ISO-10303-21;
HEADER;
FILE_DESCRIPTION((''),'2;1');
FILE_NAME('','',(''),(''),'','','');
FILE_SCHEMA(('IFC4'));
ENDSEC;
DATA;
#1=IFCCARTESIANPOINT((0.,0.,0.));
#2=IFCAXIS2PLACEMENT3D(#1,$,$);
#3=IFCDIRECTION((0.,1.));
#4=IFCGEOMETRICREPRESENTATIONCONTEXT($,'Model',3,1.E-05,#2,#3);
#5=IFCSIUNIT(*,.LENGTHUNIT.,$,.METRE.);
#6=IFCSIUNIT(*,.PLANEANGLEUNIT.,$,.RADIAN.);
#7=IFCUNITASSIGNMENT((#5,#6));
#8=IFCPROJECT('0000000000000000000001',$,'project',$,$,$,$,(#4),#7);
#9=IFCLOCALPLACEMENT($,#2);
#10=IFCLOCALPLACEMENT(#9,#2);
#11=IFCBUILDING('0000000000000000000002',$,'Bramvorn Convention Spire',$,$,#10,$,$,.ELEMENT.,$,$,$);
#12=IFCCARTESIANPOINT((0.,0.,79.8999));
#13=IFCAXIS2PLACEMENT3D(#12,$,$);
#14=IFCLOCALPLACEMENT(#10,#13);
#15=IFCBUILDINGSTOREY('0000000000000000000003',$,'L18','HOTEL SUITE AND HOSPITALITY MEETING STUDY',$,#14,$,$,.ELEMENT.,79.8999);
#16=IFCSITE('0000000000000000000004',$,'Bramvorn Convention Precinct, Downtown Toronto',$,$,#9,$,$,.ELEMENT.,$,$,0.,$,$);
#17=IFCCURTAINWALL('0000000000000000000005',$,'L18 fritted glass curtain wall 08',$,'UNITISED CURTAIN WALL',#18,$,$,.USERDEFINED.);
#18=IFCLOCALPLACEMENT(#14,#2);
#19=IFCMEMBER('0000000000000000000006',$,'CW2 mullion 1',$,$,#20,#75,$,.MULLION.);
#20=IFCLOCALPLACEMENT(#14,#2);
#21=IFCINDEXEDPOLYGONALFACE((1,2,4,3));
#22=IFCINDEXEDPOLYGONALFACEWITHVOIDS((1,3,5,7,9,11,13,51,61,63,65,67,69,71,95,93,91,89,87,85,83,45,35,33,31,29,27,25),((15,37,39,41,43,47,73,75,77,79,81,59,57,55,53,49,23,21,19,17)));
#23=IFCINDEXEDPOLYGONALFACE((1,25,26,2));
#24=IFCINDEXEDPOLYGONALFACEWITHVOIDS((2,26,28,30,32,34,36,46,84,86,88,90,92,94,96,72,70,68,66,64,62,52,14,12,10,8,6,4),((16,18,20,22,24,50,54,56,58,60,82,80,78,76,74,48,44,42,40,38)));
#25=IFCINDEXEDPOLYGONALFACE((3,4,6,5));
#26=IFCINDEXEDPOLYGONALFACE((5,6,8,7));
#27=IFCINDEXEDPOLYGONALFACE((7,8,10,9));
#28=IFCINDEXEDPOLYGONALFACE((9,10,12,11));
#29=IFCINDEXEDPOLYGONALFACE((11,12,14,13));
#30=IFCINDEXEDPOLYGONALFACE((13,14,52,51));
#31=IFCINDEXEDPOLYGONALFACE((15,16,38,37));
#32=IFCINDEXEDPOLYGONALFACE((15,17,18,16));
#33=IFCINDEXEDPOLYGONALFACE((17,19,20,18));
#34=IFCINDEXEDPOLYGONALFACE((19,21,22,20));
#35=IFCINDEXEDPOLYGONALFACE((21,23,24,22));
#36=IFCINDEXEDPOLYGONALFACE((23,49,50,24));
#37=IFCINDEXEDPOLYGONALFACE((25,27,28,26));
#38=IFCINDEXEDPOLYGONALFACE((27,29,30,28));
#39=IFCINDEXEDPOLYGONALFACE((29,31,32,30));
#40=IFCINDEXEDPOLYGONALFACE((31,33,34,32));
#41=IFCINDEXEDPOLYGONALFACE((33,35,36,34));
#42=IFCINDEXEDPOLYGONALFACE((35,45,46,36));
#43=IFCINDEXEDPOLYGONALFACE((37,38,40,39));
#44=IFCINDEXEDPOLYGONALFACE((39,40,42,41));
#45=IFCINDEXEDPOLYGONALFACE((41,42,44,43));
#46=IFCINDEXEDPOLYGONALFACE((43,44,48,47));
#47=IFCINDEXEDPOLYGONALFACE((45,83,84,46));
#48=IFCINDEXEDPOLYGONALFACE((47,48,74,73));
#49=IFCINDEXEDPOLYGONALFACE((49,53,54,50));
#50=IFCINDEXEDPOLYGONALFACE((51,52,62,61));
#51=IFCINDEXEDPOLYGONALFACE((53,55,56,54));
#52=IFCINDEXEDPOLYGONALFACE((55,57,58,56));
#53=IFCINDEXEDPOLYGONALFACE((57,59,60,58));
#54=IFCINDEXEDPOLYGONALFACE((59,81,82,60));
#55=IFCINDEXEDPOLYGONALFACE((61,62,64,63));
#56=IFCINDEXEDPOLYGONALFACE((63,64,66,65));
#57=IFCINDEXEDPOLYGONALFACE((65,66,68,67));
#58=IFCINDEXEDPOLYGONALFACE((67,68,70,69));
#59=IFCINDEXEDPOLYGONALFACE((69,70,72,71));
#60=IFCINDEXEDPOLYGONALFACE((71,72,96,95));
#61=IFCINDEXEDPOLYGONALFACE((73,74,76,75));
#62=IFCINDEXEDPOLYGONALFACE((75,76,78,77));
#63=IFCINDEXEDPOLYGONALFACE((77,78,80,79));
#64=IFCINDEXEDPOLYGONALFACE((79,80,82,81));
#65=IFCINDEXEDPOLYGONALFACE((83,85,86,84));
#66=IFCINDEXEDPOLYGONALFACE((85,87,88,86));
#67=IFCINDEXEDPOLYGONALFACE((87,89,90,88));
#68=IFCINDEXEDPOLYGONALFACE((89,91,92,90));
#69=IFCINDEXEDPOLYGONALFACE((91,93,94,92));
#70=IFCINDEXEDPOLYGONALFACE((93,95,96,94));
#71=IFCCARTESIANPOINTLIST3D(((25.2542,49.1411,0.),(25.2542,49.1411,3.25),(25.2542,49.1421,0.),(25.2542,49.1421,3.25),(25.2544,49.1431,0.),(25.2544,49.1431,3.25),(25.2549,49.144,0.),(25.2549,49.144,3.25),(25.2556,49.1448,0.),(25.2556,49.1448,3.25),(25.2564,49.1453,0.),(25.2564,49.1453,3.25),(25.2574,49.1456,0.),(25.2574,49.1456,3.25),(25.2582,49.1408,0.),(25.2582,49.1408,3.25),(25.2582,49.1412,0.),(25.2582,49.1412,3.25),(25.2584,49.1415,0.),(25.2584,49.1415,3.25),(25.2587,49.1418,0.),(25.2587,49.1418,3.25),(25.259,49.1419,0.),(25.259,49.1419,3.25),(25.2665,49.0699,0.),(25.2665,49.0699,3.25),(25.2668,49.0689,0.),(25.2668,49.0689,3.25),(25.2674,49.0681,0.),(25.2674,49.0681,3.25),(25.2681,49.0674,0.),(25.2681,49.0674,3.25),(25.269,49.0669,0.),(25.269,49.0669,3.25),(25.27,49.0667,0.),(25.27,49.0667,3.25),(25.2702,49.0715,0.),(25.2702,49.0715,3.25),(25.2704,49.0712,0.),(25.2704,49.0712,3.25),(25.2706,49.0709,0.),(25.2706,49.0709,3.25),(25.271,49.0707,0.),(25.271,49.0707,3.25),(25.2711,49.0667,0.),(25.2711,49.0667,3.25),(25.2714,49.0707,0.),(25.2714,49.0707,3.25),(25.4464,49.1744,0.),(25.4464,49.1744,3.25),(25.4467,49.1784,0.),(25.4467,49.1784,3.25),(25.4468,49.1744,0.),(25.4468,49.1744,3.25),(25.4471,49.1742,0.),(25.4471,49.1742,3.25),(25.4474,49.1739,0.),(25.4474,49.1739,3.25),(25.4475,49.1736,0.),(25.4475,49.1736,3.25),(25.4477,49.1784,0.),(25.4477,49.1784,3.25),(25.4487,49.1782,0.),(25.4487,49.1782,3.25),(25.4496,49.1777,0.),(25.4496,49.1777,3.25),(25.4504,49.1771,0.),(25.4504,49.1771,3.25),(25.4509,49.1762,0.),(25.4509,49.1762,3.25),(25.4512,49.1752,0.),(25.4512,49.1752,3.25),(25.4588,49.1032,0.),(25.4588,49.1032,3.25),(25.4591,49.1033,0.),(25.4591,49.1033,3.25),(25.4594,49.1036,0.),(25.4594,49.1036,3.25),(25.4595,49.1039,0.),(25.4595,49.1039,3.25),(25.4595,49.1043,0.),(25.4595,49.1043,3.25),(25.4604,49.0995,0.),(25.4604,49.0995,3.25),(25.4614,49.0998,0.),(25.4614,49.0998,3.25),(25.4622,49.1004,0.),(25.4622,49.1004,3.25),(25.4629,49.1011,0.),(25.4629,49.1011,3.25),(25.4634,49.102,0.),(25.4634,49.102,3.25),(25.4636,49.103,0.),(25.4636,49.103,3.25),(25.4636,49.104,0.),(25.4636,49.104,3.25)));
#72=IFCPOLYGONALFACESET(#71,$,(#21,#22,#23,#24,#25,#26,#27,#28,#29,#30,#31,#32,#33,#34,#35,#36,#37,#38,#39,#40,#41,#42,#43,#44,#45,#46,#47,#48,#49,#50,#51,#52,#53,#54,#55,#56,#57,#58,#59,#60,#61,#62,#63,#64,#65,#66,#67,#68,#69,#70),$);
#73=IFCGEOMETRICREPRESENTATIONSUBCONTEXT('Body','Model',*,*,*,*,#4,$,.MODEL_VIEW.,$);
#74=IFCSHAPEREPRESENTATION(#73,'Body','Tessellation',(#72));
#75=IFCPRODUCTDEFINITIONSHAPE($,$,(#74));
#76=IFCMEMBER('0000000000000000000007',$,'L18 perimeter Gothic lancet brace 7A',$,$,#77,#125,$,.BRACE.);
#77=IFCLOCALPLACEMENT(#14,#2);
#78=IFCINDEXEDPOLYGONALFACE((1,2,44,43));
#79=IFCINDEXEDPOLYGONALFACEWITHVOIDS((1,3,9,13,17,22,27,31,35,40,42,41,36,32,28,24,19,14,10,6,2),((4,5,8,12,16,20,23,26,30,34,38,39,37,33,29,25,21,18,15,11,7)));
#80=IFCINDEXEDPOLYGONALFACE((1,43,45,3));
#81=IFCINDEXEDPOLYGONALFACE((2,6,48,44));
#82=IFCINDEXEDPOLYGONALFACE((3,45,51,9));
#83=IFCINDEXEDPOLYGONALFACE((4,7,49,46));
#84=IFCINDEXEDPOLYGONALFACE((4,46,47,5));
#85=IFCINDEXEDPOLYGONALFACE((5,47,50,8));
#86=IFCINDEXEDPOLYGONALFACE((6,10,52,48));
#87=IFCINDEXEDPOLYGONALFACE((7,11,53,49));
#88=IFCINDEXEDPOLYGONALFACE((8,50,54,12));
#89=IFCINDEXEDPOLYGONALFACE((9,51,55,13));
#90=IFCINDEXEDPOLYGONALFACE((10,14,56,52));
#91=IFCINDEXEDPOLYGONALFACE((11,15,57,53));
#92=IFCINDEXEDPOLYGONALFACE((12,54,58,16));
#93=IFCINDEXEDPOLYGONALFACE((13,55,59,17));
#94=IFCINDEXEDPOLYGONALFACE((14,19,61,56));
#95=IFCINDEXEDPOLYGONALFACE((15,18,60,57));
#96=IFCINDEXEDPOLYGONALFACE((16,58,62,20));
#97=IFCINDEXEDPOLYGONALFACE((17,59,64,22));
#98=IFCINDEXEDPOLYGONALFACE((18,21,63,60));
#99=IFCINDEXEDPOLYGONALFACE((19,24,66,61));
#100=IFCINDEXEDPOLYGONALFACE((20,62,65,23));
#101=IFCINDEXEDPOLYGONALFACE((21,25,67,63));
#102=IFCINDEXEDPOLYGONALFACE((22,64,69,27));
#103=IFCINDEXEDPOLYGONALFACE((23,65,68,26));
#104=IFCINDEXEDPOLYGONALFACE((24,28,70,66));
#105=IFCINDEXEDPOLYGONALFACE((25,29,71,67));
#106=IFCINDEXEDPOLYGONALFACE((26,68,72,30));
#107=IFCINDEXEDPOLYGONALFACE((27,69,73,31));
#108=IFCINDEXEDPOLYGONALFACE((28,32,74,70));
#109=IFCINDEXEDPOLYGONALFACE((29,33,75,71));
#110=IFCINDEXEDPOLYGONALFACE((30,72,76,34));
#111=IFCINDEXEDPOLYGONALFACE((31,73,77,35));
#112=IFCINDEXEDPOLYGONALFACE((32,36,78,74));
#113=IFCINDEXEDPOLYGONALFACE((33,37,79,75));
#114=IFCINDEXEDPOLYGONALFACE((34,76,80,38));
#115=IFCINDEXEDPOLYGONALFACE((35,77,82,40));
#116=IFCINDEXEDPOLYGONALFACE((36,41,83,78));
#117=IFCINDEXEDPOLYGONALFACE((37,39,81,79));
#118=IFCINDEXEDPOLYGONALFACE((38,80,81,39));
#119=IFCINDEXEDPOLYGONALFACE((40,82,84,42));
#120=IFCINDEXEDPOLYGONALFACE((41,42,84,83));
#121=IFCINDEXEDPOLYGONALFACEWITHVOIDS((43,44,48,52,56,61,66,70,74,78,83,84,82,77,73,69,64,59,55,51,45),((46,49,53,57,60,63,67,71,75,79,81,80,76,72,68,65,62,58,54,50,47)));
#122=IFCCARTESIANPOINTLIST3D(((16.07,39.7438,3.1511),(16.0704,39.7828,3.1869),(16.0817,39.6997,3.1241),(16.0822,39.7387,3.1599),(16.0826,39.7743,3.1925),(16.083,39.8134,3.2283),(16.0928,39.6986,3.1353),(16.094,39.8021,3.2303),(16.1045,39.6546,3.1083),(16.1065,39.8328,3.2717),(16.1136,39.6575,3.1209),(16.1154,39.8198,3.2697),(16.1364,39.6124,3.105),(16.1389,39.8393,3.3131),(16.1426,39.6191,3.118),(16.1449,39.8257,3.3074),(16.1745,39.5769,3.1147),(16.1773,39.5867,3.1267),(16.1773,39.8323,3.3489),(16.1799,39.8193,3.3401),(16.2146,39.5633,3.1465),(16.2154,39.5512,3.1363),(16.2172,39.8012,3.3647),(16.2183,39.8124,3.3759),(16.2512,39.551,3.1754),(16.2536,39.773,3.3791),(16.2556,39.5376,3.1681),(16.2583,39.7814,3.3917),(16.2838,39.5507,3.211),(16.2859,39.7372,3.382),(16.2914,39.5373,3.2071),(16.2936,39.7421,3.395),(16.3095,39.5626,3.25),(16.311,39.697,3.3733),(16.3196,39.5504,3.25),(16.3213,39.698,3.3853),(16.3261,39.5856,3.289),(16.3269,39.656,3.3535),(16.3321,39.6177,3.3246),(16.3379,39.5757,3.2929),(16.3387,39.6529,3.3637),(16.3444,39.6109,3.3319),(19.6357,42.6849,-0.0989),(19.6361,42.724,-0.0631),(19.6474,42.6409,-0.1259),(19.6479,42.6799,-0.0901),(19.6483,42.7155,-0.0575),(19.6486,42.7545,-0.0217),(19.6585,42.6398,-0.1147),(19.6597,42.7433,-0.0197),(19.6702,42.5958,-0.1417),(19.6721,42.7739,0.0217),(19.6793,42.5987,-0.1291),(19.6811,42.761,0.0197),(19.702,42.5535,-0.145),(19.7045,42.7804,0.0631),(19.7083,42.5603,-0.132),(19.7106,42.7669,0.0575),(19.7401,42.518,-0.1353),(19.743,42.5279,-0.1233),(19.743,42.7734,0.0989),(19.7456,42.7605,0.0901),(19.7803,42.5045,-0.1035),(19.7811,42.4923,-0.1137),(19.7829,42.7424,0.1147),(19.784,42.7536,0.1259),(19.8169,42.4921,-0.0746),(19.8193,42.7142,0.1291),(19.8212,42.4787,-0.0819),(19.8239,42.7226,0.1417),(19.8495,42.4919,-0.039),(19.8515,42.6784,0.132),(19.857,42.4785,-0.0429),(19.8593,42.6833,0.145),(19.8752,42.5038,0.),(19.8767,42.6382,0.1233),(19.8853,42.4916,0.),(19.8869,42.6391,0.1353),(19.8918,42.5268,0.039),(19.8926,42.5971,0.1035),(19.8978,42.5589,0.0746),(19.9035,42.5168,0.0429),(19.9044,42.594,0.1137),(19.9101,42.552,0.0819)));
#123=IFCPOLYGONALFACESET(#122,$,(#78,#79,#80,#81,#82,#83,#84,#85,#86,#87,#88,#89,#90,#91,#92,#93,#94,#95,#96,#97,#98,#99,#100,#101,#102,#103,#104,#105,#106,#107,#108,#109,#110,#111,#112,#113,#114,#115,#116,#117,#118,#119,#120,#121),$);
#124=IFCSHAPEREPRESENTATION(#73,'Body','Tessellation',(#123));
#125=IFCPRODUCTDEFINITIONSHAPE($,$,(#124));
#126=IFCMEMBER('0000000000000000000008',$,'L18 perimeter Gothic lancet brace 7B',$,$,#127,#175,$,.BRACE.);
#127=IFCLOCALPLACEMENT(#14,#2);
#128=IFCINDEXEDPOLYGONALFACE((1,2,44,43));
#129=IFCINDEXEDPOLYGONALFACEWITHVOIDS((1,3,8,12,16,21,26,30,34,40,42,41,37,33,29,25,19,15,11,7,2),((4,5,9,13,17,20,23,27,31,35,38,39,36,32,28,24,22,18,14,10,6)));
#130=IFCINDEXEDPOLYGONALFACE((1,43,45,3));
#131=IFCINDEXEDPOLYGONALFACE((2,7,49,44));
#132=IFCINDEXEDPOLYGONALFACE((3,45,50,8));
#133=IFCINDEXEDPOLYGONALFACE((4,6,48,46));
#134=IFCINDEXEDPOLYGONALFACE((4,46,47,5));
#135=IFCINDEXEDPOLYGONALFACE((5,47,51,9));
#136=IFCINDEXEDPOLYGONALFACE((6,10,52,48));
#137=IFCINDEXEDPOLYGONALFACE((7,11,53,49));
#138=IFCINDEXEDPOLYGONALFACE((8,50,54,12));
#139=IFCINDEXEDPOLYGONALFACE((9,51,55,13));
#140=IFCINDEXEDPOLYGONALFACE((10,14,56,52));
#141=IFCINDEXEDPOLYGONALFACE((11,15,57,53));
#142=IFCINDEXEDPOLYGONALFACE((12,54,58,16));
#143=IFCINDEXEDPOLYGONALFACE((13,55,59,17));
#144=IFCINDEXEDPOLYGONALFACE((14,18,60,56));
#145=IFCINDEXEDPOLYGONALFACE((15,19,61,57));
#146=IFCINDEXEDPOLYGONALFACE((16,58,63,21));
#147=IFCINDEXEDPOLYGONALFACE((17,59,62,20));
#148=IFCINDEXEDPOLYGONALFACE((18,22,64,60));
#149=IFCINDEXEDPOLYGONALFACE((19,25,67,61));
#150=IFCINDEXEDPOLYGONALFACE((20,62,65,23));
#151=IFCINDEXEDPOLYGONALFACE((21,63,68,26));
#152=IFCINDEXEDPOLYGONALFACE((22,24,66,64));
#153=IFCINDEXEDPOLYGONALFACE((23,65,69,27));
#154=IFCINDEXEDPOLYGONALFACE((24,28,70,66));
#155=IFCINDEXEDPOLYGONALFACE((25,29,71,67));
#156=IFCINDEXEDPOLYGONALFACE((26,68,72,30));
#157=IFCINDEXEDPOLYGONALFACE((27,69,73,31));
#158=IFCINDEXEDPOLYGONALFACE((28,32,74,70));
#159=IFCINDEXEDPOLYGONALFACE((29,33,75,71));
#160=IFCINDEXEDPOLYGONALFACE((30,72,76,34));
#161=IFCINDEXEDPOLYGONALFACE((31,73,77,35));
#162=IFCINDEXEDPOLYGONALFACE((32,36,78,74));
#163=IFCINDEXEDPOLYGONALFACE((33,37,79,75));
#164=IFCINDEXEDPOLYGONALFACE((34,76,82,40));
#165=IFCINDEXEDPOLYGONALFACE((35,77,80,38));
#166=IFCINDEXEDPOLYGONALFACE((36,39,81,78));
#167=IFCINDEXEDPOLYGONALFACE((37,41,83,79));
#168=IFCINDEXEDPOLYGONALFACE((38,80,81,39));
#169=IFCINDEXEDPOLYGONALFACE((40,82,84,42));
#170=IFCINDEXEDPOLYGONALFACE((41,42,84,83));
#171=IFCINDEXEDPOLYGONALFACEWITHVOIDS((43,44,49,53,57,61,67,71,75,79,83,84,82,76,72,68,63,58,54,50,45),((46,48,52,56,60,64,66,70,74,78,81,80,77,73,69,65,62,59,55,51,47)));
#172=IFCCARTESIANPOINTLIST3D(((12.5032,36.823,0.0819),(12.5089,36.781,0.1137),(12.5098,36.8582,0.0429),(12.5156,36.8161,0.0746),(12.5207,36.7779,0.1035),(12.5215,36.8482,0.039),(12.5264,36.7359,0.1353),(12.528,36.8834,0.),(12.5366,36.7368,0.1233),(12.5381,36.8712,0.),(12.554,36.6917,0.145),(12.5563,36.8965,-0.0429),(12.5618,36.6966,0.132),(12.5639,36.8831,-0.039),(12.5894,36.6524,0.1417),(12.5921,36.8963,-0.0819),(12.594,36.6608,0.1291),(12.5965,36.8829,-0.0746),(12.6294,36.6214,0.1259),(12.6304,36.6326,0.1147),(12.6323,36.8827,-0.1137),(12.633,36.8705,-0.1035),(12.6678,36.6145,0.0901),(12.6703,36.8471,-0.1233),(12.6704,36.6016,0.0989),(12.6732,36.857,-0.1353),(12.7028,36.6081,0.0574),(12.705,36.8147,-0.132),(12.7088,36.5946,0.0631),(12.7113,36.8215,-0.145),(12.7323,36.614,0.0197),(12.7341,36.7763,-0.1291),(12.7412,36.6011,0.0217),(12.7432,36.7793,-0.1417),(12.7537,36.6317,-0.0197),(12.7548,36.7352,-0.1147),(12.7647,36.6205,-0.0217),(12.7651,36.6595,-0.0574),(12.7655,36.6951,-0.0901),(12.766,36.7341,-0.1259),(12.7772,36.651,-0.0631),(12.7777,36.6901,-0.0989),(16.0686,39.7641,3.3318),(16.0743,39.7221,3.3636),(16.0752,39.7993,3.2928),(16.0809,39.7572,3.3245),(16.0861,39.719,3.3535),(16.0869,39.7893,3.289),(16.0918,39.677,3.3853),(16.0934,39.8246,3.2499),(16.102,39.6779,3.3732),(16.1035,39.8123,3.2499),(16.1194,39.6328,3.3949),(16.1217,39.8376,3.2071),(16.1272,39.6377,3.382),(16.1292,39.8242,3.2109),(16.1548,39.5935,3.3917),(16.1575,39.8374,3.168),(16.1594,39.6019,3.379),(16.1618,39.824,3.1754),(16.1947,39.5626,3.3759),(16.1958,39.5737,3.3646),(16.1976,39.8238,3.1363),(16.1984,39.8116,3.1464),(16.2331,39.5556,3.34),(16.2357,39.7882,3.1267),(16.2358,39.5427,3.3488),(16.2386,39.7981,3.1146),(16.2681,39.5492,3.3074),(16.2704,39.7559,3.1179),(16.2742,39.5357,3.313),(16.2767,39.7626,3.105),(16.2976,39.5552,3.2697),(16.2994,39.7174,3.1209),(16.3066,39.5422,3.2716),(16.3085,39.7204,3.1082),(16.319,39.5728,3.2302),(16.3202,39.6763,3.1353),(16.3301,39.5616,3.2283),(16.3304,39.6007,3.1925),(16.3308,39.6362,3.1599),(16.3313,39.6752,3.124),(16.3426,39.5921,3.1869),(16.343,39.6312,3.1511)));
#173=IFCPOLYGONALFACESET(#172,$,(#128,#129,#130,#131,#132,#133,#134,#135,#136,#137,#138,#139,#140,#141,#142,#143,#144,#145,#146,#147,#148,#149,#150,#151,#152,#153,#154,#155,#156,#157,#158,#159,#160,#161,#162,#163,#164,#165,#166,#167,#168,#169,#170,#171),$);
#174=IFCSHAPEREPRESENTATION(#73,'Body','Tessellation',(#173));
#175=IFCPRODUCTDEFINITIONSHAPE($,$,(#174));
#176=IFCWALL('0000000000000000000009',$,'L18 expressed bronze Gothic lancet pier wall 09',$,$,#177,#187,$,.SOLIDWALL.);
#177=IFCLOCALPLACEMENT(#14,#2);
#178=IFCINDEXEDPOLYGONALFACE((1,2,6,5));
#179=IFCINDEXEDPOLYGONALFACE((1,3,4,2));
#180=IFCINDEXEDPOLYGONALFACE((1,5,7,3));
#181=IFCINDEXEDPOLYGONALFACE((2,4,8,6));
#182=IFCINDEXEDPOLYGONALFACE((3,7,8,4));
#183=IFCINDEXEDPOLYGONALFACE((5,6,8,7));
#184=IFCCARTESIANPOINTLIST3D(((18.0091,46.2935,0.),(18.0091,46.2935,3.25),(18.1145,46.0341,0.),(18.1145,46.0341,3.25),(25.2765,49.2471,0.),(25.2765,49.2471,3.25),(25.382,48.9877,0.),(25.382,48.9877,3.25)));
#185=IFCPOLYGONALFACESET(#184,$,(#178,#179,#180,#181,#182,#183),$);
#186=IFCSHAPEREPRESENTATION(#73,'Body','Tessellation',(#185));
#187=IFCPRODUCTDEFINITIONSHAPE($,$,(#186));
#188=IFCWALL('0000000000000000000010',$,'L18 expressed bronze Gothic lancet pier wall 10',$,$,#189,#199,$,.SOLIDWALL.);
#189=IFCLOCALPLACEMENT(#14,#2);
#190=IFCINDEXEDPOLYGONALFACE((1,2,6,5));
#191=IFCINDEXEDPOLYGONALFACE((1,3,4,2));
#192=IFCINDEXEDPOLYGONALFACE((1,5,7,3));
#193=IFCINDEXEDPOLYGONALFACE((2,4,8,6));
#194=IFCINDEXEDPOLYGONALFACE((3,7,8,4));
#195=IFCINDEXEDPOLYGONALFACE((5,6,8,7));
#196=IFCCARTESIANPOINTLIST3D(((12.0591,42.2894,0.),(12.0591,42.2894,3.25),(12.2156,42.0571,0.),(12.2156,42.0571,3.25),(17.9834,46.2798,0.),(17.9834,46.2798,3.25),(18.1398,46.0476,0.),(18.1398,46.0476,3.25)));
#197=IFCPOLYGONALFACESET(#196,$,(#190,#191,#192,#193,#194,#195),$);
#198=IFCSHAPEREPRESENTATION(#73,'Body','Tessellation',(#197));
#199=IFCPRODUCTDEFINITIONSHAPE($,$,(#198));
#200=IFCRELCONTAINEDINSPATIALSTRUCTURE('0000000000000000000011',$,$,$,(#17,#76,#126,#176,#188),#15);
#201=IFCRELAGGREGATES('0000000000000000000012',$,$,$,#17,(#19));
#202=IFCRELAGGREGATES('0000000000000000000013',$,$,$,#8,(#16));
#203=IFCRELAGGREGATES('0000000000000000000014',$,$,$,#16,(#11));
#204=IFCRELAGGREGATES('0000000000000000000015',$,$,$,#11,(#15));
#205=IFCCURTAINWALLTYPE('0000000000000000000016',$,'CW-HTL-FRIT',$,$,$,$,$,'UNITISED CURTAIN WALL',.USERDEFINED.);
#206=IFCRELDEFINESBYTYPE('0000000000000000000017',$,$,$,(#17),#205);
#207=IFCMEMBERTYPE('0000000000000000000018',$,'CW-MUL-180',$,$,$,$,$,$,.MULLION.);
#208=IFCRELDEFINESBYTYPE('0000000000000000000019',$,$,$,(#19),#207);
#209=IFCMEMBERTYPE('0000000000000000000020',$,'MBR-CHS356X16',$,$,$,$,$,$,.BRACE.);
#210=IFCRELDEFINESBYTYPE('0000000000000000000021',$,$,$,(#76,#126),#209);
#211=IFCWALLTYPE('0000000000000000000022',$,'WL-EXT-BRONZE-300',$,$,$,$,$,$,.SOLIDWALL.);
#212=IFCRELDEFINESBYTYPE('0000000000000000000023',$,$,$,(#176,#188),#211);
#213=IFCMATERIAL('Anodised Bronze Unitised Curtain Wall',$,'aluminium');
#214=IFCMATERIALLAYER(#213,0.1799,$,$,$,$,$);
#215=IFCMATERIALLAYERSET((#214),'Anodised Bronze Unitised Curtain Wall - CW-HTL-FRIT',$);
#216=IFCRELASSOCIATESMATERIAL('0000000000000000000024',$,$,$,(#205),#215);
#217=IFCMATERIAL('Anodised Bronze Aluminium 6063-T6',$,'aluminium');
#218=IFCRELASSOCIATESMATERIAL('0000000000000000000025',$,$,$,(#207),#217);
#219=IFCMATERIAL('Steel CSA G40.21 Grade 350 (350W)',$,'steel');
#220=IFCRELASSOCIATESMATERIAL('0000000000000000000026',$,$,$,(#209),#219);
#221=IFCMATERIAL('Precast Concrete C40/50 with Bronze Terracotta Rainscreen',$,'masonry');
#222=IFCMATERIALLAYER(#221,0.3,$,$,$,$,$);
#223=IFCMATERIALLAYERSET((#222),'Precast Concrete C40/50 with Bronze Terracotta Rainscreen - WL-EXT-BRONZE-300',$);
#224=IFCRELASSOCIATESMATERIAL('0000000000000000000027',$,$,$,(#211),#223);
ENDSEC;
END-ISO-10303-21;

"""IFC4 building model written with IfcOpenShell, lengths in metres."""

from ifc_helpers import new_model, si_unit, direction, frame, frame_2d, origin, origin_2d, place, context, subcontext, project, spatial, rectangle, hollow_rectangle, hollow_circle, extrude, material, layer, layer_set, material_profile, profile_set, type_object, element, aggregate, save


model = new_model("IFC4")

# Units and contexts
model_context = context("Model", 3, precision=1e-05, world=origin(), true_north=direction((0.0, 1.0)))
body_context = subcontext(model_context, "Body", "Model", "MODEL_VIEW")
ifc_project = project(units=[si_unit("LENGTHUNIT", "METRE"), si_unit("PLANEANGLEUNIT", "RADIAN")], contexts=[model_context])

# Site, building, storey
site_placement = place(None, origin())
site = spatial("IfcSite", under=ifc_project, at=site_placement, Name="Bramvorn Convention Precinct, Downtown Toronto", CompositionType="ELEMENT", RefElevation=0.0)
building_placement = place(site_placement, origin())
building = spatial("IfcBuilding", under=site, at=building_placement, Name="Bramvorn Convention Spire", CompositionType="ELEMENT")
storey_placement = place(building_placement, frame((0.0, 0.0, 79.8999)))
storey = spatial("IfcBuildingStorey", under=building, at=storey_placement, Name="L18", Description="HOTEL SUITE AND HOSPITALITY MEETING STUDY", CompositionType="ELEMENT", Elevation=79.8999)

# Shared definitions
ifc_material_1 = material(Name="Steel CSA G40.21 Grade 350 (350W)", Category="steel")

# Curtain wall, member
ifc_material_2 = material(Name="Anodised Bronze Unitised Curtain Wall", Category="aluminium")
ifc_layer_1 = layer(ifc_material_2, 0.1799)
ifc_layer_set_1 = layer_set([ifc_layer_1], Name="Anodised Bronze Unitised Curtain Wall - CW-HTL-FRIT")
curtain_wall_type = type_object("IfcCurtainWallType", Name="CW-HTL-FRIT", ElementType="UNITISED CURTAIN WALL", PredefinedType="USERDEFINED", material=ifc_layer_set_1)
curtain_wall_placement = place(storey_placement, origin())
curtain_wall = element("IfcCurtainWall", 1, at=curtain_wall_placement, inside=storey, type_object=curtain_wall_type, Name="L18 fritted glass curtain wall 08", ObjectType="UNITISED CURTAIN WALL", PredefinedType="USERDEFINED")
ifc_material_3 = material(Name="Anodised Bronze Aluminium 6063-T6", Category="aluminium")
ifc_material_profile_1 = material_profile(ifc_material_3, hollow_rectangle(XDim=0.0801, YDim=0.2, WallThickness=0.0039, InnerFilletRadius=0.001, OuterFilletRadius=0.0039, at=origin_2d()))
ifc_profile_set_1 = profile_set([ifc_material_profile_1], Name="Anodised Bronze Aluminium 6063-T6 - CWM80X200")
member_type_1 = type_object("IfcMemberType", Name="CW-MUL-180", PredefinedType="MULLION", material=ifc_profile_set_1)
member_1_placement = place(storey_placement, frame((25.3589, 49.1226, 0.0), z_axis=(0.0, 0.0, 1.0), x_axis=(-0.170657, 0.98533, 0.0)))
member_1 = element("IfcMember", 2, at=member_1_placement, type_object=member_type_1, Name="CW2 mullion 1", PredefinedType="MULLION", context=body_context, shape_type="SweptSolid", body=[
    extrude(hollow_rectangle(XDim=0.0801, YDim=0.2, WallThickness=0.0039, InnerFilletRadius=0.001, OuterFilletRadius=0.0039, at=origin_2d()), origin(), (0.0, 0.0, 1.0), 3.25),
])
aggregate(curtain_wall, [member_1])

# Members
ifc_material_profile_2 = material_profile(ifc_material_1, hollow_circle(Radius=0.1777, WallThickness=0.0159, at=origin_2d()))
ifc_profile_set_2 = profile_set([ifc_material_profile_2], Name="Steel CSA G40.21 Grade 350 (350W) - CHS356X16")
member_type_2 = type_object("IfcMemberType", Name="MBR-CHS356X16", PredefinedType="BRACE", material=ifc_profile_set_2)
member_2_placement = place(storey_placement, frame((19.7722, 42.6287, 0.0), z_axis=(-0.631049, -0.520523, 0.575181), x_axis=(0.636316, -0.771428, 0.0)))
element("IfcMember", 3, at=member_2_placement, inside=storey, type_object=member_type_2, Name="L18 perimeter Gothic lancet brace 7A", PredefinedType="BRACE", context=body_context, shape_type="SweptSolid", body=[
    extrude(hollow_circle(Radius=0.1777, WallThickness=0.0159, at=origin_2d()), origin(), (0.0, 0.0, 1.0), 5.6504),
])
member_3_placement = place(storey_placement, frame((12.6411, 36.7463, 0.0), z_axis=(0.631023, 0.520537, 0.575197), x_axis=(-0.636342, 0.771407, 0.0)))
element("IfcMember", 4, at=member_3_placement, inside=storey, type_object=member_type_2, Name="L18 perimeter Gothic lancet brace 7B", PredefinedType="BRACE", context=body_context, shape_type="SweptSolid", body=[
    extrude(hollow_circle(Radius=0.1777, WallThickness=0.0159, at=origin_2d()), origin(), (0.0, 0.0, 1.0), 5.6501),
])

# Walls
ifc_material_4 = material(Name="Precast Concrete C40/50 with Bronze Terracotta Rainscreen", Category="masonry")
ifc_layer_2 = layer(ifc_material_4, 0.3)
ifc_layer_set_2 = layer_set([ifc_layer_2], Name="Precast Concrete C40/50 with Bronze Terracotta Rainscreen - WL-EXT-BRONZE-300")
wall_type_1 = type_object("IfcWallType", Name="WL-EXT-BRONZE-300", PredefinedType="SOLIDWALL", material=ifc_layer_set_2)
wall_1_placement = place(storey_placement, frame((18.0618, 46.1638, 0.0), z_axis=(0.0, 0.0, 1.0), x_axis=(0.926415, 0.376504, 0.0)))
element("IfcWall", 5, at=wall_1_placement, inside=storey, type_object=wall_type_1, Name="L18 expressed bronze Gothic lancet pier wall 09", PredefinedType="SOLIDWALL", context=body_context, shape_type="SweptSolid", body=[
    extrude(rectangle(XDim=7.8447, YDim=0.28, at=frame_2d((3.9224, 0.0))), origin(), (0.0, 0.0, 1.0), 3.25),
])
wall_2_placement = place(storey_placement, frame((12.1375, 42.1733, 0.0), z_axis=(0.0, 0.0, 1.0), x_axis=(0.829396, 0.558661, 0.0)))
element("IfcWall", 6, at=wall_2_placement, inside=storey, type_object=wall_type_1, Name="L18 expressed bronze Gothic lancet pier wall 10", PredefinedType="SOLIDWALL", context=body_context, shape_type="SweptSolid", body=[
    extrude(rectangle(XDim=7.1428, YDim=0.28, at=frame_2d((3.5713, 0.0))), origin(), (0.0, 0.0, 1.0), 3.25),
])

save(model, "model.ifc")
